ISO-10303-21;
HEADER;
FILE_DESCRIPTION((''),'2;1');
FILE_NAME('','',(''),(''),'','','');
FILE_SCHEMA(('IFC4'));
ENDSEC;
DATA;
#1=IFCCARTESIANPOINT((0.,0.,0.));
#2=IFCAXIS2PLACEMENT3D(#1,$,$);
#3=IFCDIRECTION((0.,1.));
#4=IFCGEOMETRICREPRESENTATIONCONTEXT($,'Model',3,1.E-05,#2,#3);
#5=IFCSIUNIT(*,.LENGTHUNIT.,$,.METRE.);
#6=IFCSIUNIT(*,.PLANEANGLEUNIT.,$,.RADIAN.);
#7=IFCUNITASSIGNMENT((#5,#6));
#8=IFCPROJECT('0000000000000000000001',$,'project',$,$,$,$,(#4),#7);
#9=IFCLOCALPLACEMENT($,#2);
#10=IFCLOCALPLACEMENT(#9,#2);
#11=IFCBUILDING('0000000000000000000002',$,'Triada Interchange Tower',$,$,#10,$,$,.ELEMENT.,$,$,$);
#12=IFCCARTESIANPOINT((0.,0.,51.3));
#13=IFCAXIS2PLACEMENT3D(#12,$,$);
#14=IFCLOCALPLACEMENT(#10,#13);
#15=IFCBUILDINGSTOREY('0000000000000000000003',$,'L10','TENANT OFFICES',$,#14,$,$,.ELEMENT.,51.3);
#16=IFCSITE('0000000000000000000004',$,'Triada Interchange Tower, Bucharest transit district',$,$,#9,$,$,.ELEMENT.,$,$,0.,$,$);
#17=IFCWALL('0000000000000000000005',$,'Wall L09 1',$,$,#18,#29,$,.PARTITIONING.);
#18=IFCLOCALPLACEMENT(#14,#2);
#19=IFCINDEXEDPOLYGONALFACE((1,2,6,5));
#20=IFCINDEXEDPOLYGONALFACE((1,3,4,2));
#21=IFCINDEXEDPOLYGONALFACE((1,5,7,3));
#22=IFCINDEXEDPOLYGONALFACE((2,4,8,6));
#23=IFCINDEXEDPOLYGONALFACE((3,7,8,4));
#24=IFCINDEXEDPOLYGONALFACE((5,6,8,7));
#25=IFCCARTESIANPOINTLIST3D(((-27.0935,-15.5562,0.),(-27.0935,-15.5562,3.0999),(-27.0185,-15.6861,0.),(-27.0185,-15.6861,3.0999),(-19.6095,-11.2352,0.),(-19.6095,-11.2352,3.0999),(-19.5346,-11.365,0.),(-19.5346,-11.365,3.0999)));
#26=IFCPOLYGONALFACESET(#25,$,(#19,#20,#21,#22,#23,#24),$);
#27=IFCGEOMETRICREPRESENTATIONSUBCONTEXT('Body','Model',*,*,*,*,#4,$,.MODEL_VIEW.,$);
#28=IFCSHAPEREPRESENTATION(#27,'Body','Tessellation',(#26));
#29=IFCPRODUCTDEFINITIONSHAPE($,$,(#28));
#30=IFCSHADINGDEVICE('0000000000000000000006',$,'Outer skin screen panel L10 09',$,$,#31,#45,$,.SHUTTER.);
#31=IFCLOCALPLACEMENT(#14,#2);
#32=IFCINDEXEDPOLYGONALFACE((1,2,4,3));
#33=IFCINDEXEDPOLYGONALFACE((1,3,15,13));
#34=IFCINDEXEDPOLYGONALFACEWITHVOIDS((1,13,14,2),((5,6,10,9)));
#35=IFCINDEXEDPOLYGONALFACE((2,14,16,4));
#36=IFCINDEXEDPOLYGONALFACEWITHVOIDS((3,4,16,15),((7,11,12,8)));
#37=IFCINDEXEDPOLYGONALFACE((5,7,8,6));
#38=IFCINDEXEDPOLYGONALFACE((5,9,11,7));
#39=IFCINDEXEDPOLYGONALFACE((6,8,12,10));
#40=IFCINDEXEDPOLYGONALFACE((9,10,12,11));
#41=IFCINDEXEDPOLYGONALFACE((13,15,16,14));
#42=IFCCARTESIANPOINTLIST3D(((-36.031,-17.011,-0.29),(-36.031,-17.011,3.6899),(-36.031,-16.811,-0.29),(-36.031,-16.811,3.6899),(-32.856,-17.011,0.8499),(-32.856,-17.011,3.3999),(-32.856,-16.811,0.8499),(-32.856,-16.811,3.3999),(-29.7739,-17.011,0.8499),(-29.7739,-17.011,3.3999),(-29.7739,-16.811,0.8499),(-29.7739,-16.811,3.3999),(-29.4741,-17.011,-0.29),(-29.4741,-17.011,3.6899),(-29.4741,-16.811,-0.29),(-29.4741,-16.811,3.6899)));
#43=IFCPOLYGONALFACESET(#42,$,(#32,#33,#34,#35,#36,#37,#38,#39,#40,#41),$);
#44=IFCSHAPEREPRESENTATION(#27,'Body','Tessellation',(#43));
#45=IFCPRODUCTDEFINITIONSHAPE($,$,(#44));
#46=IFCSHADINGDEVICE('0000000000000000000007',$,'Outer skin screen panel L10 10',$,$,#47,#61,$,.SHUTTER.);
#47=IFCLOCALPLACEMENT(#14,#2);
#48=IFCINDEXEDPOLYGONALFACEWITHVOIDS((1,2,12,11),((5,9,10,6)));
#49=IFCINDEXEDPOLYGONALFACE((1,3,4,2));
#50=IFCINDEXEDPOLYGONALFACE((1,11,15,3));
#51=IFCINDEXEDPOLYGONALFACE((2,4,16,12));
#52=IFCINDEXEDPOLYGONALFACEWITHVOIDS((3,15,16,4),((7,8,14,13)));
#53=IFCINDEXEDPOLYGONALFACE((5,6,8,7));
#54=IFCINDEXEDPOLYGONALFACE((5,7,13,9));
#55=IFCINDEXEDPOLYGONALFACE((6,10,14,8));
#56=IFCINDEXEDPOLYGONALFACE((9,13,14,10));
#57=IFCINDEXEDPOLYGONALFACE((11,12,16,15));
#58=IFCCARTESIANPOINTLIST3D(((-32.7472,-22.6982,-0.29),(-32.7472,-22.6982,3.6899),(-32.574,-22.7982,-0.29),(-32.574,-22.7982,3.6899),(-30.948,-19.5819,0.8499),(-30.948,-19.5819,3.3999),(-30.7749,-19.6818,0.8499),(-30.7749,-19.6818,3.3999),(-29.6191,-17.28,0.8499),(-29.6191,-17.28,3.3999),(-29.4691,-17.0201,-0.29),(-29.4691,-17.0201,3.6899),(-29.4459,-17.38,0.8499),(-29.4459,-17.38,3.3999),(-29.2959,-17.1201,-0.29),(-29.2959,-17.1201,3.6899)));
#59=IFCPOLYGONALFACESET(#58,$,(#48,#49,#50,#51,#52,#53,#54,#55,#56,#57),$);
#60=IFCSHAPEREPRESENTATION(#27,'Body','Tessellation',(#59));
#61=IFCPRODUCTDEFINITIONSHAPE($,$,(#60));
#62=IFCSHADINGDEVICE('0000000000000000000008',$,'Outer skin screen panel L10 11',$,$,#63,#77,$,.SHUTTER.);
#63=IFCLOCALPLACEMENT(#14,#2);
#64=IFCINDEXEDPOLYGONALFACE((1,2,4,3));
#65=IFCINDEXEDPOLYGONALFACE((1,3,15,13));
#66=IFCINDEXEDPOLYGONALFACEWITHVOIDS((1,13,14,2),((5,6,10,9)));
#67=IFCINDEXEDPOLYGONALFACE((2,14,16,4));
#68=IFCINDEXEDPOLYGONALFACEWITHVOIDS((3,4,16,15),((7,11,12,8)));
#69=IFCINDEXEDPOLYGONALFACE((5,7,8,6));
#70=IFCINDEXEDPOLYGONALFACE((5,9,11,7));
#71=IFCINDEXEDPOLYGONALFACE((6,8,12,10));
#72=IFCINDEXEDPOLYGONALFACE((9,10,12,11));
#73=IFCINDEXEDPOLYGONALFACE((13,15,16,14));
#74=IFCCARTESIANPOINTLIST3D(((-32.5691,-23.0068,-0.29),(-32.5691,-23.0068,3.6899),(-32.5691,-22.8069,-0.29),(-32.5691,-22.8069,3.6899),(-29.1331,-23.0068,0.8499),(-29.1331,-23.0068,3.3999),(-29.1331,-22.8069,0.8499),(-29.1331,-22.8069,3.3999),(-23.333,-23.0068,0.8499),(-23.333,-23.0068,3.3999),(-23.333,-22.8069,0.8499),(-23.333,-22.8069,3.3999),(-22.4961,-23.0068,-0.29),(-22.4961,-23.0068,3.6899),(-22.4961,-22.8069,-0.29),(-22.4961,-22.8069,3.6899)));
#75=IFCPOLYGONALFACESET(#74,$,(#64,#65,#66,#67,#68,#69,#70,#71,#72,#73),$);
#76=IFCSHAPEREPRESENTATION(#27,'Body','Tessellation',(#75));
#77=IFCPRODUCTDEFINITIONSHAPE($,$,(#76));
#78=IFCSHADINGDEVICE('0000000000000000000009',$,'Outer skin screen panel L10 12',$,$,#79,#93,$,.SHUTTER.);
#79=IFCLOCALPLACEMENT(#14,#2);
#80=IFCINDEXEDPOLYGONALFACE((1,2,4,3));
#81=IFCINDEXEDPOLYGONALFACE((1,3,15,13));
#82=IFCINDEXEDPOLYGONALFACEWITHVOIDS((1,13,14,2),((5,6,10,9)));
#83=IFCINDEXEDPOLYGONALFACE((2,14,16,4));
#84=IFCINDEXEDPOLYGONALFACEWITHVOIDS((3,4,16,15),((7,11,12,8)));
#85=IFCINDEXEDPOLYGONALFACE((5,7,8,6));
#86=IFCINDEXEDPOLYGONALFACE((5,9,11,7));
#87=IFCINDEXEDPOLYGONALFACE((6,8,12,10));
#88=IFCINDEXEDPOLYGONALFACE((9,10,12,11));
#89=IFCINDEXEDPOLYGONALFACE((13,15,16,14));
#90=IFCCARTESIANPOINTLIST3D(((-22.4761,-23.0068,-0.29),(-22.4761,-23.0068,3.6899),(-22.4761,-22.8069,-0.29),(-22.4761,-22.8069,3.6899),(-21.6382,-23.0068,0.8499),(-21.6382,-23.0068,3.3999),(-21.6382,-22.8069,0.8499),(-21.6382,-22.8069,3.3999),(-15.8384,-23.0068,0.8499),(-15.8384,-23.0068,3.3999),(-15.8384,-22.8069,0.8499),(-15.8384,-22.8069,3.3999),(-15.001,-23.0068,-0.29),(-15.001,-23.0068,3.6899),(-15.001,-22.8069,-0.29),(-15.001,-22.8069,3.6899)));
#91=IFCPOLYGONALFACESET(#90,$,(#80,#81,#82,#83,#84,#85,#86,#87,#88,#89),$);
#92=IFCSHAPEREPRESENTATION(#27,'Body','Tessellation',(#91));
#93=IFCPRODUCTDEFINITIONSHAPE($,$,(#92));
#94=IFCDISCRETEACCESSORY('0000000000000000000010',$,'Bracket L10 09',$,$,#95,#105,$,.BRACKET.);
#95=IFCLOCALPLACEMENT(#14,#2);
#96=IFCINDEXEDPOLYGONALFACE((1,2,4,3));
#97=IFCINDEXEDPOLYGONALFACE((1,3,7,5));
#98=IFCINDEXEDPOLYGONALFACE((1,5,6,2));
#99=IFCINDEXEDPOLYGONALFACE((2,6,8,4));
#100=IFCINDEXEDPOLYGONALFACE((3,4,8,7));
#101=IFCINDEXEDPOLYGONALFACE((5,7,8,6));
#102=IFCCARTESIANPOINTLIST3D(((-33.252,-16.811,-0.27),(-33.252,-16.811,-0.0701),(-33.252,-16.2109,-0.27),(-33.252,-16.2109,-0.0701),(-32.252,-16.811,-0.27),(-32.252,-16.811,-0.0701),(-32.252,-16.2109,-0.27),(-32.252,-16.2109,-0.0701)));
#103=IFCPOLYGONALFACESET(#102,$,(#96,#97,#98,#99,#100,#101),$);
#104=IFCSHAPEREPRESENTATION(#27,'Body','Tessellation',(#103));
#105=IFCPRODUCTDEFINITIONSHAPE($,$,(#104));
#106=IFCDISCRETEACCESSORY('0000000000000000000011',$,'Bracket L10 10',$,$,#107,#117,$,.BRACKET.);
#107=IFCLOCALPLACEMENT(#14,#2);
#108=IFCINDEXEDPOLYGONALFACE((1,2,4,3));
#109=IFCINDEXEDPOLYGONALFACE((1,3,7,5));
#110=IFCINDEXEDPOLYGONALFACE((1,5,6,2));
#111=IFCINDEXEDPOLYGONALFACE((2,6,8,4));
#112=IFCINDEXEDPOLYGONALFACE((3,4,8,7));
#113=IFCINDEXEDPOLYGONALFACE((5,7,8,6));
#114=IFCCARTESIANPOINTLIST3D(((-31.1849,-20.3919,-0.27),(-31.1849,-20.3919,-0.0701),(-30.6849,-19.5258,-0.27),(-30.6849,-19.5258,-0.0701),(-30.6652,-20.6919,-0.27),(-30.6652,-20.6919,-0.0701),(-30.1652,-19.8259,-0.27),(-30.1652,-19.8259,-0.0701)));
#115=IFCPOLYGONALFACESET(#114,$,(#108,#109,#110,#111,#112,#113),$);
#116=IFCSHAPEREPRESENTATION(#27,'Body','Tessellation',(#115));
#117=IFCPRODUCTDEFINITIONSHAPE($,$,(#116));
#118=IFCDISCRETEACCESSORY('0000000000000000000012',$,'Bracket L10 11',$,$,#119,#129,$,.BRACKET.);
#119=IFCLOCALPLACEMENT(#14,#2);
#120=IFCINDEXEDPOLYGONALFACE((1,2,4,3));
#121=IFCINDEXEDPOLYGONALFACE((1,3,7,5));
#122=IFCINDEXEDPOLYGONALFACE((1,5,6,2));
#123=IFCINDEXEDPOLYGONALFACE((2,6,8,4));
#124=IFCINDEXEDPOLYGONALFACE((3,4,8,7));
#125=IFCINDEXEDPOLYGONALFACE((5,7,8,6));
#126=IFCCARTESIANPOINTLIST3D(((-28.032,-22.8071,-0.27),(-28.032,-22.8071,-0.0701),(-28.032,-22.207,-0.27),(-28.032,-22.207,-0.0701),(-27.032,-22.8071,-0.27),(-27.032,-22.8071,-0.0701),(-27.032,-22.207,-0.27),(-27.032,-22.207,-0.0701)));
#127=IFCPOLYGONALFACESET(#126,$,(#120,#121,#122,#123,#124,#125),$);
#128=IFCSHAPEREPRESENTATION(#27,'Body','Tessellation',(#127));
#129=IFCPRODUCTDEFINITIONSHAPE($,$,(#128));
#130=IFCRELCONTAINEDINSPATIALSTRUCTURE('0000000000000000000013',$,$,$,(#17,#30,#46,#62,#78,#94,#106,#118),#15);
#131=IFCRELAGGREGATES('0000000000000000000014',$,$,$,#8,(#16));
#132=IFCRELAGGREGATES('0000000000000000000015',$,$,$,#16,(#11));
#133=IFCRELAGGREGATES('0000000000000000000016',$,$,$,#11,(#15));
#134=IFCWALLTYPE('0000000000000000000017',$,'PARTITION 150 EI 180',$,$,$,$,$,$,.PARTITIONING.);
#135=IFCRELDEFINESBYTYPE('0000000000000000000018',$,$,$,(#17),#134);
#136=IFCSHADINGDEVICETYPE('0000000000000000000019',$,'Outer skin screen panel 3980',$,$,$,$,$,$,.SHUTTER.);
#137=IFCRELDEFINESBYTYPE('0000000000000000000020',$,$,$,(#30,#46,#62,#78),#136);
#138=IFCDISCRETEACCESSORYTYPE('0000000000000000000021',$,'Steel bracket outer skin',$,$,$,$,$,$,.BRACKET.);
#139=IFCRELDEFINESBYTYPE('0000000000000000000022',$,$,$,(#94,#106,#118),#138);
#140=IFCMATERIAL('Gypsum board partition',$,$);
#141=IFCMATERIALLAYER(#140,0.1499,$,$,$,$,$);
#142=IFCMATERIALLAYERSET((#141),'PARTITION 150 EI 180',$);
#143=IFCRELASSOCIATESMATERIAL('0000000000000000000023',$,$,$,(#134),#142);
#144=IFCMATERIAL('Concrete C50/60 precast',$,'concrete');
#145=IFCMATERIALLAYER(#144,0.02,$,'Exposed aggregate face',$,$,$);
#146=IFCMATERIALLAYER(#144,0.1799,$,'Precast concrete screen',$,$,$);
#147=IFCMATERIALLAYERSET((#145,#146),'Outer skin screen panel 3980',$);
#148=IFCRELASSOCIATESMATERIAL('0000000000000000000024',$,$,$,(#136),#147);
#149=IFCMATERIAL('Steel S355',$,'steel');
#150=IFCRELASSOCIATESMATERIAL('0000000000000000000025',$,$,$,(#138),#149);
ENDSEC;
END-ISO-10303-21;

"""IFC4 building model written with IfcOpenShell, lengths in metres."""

from ifc_helpers import new_model, si_unit, direction, frame, frame_2d, origin, origin_2d, place, context, subcontext, project, spatial, polyline, rectangle, outline, extrude, material, layer, layer_set, type_object, element, save


model = new_model("IFC4")

# Units and contexts
model_context = context("Model", 3, precision=1e-05, world=origin(), true_north=direction((0.0, 1.0)))
body_context = subcontext(model_context, "Body", "Model", "MODEL_VIEW")
ifc_project = project(units=[si_unit("LENGTHUNIT", "METRE"), si_unit("PLANEANGLEUNIT", "RADIAN")], contexts=[model_context])

# Site, building, storey
site_placement = place(None, origin())
site = spatial("IfcSite", under=ifc_project, at=site_placement, Name="Triada Interchange Tower, Bucharest transit district", CompositionType="ELEMENT", RefElevation=0.0)
building_placement = place(site_placement, origin())
building = spatial("IfcBuilding", under=site, at=building_placement, Name="Triada Interchange Tower", CompositionType="ELEMENT")
storey_placement = place(building_placement, frame((0.0, 0.0, 51.3)))
storey = spatial("IfcBuildingStorey", under=building, at=storey_placement, Name="L10", Description="TENANT OFFICES", CompositionType="ELEMENT", Elevation=51.3)

# Wall
ifc_material_1 = material(Name="Gypsum board partition")
ifc_layer_1 = layer(ifc_material_1, 0.1499)
ifc_layer_set_1 = layer_set([ifc_layer_1], Name="PARTITION 150 EI 180")
wall_type_1 = type_object("IfcWallType", Name="PARTITION 150 EI 180", PredefinedType="PARTITIONING", material=ifc_layer_set_1)
wall_1_placement = place(storey_placement, frame((-27.0559, -15.6211, 0.0), z_axis=(0.0, 0.0, 1.0), x_axis=(0.866014, 0.500019, 0.0)))
element("IfcWall", 1, at=wall_1_placement, inside=storey, type_object=wall_type_1, Name="Wall L09 1", PredefinedType="PARTITIONING", context=body_context, shape_type="SweptSolid", body=[
    extrude(rectangle(XDim=8.6418, YDim=0.1499, at=frame_2d((4.3208, 0.0))), origin(), (0.0, 0.0, 1.0), 3.0999),
])

# Shading devices
ifc_material_2 = material(Name="Concrete C50/60 precast", Category="concrete")
ifc_layer_2 = layer(ifc_material_2, 0.02, Name="Exposed aggregate face")
ifc_layer_3 = layer(ifc_material_2, 0.1799, Name="Precast concrete screen")
ifc_layer_set_2 = layer_set([ifc_layer_2, ifc_layer_3], Name="Outer skin screen panel 3980")
shading_device_type = type_object("IfcShadingDeviceType", Name="Outer skin screen panel 3980", PredefinedType="SHUTTER", material=ifc_layer_set_2)
shading_device_1_placement = place(storey_placement, frame((-36.031, -16.811, -0.29), z_axis=(0.0, 0.0, 1.0), x_axis=(1.0, 0.0, 0.0)))
element("IfcShadingDevice", 2, at=shading_device_1_placement, inside=storey, type_object=shading_device_type, Name="Outer skin screen panel L10 09", PredefinedType="SHUTTER", context=body_context, shape_type="SweptSolid", body=[
    extrude(outline(polyline([(0.0, 0.0), (6.5569, 0.0), (6.5569, 3.98), (0.0, 3.98), (0.0, 0.0)]), holes=[polyline([(3.175, 1.1399), (3.175, 3.6899), (6.2571, 3.6899), (6.2571, 1.1399), (3.175, 1.1399)])]), frame((0.0, 0.0, 0.0), z_axis=(0.0, -1.0, 0.0), x_axis=(1.0, 0.0, 0.0)), (0.0, 0.0, 1.0), 0.2),
])
shading_device_2_placement = place(storey_placement, frame((-29.2959, -17.1201, -0.29), z_axis=(0.0, 0.0, 1.0), x_axis=(-0.499988, -0.866032, 0.0)))
element("IfcShadingDevice", 3, at=shading_device_2_placement, inside=storey, type_object=shading_device_type, Name="Outer skin screen panel L10 10", PredefinedType="SHUTTER", context=body_context, shape_type="SweptSolid", body=[
    extrude(outline(polyline([(0.0, 0.0), (6.5564, 0.0), (6.5564, 3.98), (0.0, 3.98), (0.0, 0.0)]), holes=[polyline([(0.3, 1.1399), (0.3, 3.6899), (2.958, 3.6899), (2.958, 1.1399), (0.3, 1.1399)])]), frame((0.0, 0.0, 0.0), z_axis=(0.0, -1.0, 0.0), x_axis=(1.0, 0.0, 0.0)), (0.0, 0.0, 1.0), 0.2),
])
shading_device_3_placement = place(storey_placement, frame((-32.5691, -22.8069, -0.29), z_axis=(0.0, 0.0, 1.0), x_axis=(1.0, 0.0, 0.0)))
element("IfcShadingDevice", 4, at=shading_device_3_placement, inside=storey, type_object=shading_device_type, Name="Outer skin screen panel L10 11", PredefinedType="SHUTTER", context=body_context, shape_type="SweptSolid", body=[
    extrude(outline(polyline([(0.0, 0.0), (10.073, 0.0), (10.073, 3.98), (0.0, 3.98), (0.0, 0.0)]), holes=[polyline([(3.436, 1.1399), (3.436, 3.6899), (9.2361, 3.6899), (9.2361, 1.1399), (3.436, 1.1399)])]), frame((0.0, 0.0, 0.0), z_axis=(0.0, -1.0, 0.0), x_axis=(1.0, 0.0, 0.0)), (0.0, 0.0, 1.0), 0.2),
])
shading_device_4_placement = place(storey_placement, frame((-22.4761, -22.8069, -0.29), z_axis=(0.0, 0.0, 1.0), x_axis=(1.0, 0.0, 0.0)))
element("IfcShadingDevice", 5, at=shading_device_4_placement, inside=storey, type_object=shading_device_type, Name="Outer skin screen panel L10 12", PredefinedType="SHUTTER", context=body_context, shape_type="SweptSolid", body=[
    extrude(outline(polyline([(0.0, 0.0), (7.4751, 0.0), (7.4751, 3.98), (0.0, 3.98), (0.0, 0.0)]), holes=[polyline([(0.8379, 1.1399), (0.8379, 3.6899), (6.6377, 3.6899), (6.6377, 1.1399), (0.8379, 1.1399)])]), frame((0.0, 0.0, 0.0), z_axis=(0.0, -1.0, 0.0), x_axis=(1.0, 0.0, 0.0)), (0.0, 0.0, 1.0), 0.2),
])

# Discrete accessories
ifc_material_3 = material(Name="Steel S355", Category="steel")
discrete_accessory_type = type_object("IfcDiscreteAccessoryType", Name="Steel bracket outer skin", PredefinedType="BRACKET", material=ifc_material_3)
for number, where, z_axis, x_axis, name in (
    (6, (-32.752, -16.511, -0.27), (0.0, 0.0, 1.0), (0.0, -1.0, 0.0), "Bracket L10 09"),
    (7, (-30.675, -20.1089, -0.27), (0.0, 0.0, 1.0), (-0.866012, 0.500023, 0.0), "Bracket L10 10"),
    (8, (-27.532, -22.5071, -0.27), (0.0, 0.0, 1.0), (0.0, -1.0, 0.0), "Bracket L10 11"),
):
    element("IfcDiscreteAccessory", number, at=place(storey_placement, frame(where, z_axis=z_axis, x_axis=x_axis)), inside=storey, type_object=discrete_accessory_type, Name=name, PredefinedType="BRACKET", context=body_context, shape_type="SweptSolid", body=[
        extrude(rectangle(XDim=0.6001, YDim=1.0, at=origin_2d()), origin(), (0.0, 0.0, 1.0), 0.2),
    ])

save(model, "model.ifc")
